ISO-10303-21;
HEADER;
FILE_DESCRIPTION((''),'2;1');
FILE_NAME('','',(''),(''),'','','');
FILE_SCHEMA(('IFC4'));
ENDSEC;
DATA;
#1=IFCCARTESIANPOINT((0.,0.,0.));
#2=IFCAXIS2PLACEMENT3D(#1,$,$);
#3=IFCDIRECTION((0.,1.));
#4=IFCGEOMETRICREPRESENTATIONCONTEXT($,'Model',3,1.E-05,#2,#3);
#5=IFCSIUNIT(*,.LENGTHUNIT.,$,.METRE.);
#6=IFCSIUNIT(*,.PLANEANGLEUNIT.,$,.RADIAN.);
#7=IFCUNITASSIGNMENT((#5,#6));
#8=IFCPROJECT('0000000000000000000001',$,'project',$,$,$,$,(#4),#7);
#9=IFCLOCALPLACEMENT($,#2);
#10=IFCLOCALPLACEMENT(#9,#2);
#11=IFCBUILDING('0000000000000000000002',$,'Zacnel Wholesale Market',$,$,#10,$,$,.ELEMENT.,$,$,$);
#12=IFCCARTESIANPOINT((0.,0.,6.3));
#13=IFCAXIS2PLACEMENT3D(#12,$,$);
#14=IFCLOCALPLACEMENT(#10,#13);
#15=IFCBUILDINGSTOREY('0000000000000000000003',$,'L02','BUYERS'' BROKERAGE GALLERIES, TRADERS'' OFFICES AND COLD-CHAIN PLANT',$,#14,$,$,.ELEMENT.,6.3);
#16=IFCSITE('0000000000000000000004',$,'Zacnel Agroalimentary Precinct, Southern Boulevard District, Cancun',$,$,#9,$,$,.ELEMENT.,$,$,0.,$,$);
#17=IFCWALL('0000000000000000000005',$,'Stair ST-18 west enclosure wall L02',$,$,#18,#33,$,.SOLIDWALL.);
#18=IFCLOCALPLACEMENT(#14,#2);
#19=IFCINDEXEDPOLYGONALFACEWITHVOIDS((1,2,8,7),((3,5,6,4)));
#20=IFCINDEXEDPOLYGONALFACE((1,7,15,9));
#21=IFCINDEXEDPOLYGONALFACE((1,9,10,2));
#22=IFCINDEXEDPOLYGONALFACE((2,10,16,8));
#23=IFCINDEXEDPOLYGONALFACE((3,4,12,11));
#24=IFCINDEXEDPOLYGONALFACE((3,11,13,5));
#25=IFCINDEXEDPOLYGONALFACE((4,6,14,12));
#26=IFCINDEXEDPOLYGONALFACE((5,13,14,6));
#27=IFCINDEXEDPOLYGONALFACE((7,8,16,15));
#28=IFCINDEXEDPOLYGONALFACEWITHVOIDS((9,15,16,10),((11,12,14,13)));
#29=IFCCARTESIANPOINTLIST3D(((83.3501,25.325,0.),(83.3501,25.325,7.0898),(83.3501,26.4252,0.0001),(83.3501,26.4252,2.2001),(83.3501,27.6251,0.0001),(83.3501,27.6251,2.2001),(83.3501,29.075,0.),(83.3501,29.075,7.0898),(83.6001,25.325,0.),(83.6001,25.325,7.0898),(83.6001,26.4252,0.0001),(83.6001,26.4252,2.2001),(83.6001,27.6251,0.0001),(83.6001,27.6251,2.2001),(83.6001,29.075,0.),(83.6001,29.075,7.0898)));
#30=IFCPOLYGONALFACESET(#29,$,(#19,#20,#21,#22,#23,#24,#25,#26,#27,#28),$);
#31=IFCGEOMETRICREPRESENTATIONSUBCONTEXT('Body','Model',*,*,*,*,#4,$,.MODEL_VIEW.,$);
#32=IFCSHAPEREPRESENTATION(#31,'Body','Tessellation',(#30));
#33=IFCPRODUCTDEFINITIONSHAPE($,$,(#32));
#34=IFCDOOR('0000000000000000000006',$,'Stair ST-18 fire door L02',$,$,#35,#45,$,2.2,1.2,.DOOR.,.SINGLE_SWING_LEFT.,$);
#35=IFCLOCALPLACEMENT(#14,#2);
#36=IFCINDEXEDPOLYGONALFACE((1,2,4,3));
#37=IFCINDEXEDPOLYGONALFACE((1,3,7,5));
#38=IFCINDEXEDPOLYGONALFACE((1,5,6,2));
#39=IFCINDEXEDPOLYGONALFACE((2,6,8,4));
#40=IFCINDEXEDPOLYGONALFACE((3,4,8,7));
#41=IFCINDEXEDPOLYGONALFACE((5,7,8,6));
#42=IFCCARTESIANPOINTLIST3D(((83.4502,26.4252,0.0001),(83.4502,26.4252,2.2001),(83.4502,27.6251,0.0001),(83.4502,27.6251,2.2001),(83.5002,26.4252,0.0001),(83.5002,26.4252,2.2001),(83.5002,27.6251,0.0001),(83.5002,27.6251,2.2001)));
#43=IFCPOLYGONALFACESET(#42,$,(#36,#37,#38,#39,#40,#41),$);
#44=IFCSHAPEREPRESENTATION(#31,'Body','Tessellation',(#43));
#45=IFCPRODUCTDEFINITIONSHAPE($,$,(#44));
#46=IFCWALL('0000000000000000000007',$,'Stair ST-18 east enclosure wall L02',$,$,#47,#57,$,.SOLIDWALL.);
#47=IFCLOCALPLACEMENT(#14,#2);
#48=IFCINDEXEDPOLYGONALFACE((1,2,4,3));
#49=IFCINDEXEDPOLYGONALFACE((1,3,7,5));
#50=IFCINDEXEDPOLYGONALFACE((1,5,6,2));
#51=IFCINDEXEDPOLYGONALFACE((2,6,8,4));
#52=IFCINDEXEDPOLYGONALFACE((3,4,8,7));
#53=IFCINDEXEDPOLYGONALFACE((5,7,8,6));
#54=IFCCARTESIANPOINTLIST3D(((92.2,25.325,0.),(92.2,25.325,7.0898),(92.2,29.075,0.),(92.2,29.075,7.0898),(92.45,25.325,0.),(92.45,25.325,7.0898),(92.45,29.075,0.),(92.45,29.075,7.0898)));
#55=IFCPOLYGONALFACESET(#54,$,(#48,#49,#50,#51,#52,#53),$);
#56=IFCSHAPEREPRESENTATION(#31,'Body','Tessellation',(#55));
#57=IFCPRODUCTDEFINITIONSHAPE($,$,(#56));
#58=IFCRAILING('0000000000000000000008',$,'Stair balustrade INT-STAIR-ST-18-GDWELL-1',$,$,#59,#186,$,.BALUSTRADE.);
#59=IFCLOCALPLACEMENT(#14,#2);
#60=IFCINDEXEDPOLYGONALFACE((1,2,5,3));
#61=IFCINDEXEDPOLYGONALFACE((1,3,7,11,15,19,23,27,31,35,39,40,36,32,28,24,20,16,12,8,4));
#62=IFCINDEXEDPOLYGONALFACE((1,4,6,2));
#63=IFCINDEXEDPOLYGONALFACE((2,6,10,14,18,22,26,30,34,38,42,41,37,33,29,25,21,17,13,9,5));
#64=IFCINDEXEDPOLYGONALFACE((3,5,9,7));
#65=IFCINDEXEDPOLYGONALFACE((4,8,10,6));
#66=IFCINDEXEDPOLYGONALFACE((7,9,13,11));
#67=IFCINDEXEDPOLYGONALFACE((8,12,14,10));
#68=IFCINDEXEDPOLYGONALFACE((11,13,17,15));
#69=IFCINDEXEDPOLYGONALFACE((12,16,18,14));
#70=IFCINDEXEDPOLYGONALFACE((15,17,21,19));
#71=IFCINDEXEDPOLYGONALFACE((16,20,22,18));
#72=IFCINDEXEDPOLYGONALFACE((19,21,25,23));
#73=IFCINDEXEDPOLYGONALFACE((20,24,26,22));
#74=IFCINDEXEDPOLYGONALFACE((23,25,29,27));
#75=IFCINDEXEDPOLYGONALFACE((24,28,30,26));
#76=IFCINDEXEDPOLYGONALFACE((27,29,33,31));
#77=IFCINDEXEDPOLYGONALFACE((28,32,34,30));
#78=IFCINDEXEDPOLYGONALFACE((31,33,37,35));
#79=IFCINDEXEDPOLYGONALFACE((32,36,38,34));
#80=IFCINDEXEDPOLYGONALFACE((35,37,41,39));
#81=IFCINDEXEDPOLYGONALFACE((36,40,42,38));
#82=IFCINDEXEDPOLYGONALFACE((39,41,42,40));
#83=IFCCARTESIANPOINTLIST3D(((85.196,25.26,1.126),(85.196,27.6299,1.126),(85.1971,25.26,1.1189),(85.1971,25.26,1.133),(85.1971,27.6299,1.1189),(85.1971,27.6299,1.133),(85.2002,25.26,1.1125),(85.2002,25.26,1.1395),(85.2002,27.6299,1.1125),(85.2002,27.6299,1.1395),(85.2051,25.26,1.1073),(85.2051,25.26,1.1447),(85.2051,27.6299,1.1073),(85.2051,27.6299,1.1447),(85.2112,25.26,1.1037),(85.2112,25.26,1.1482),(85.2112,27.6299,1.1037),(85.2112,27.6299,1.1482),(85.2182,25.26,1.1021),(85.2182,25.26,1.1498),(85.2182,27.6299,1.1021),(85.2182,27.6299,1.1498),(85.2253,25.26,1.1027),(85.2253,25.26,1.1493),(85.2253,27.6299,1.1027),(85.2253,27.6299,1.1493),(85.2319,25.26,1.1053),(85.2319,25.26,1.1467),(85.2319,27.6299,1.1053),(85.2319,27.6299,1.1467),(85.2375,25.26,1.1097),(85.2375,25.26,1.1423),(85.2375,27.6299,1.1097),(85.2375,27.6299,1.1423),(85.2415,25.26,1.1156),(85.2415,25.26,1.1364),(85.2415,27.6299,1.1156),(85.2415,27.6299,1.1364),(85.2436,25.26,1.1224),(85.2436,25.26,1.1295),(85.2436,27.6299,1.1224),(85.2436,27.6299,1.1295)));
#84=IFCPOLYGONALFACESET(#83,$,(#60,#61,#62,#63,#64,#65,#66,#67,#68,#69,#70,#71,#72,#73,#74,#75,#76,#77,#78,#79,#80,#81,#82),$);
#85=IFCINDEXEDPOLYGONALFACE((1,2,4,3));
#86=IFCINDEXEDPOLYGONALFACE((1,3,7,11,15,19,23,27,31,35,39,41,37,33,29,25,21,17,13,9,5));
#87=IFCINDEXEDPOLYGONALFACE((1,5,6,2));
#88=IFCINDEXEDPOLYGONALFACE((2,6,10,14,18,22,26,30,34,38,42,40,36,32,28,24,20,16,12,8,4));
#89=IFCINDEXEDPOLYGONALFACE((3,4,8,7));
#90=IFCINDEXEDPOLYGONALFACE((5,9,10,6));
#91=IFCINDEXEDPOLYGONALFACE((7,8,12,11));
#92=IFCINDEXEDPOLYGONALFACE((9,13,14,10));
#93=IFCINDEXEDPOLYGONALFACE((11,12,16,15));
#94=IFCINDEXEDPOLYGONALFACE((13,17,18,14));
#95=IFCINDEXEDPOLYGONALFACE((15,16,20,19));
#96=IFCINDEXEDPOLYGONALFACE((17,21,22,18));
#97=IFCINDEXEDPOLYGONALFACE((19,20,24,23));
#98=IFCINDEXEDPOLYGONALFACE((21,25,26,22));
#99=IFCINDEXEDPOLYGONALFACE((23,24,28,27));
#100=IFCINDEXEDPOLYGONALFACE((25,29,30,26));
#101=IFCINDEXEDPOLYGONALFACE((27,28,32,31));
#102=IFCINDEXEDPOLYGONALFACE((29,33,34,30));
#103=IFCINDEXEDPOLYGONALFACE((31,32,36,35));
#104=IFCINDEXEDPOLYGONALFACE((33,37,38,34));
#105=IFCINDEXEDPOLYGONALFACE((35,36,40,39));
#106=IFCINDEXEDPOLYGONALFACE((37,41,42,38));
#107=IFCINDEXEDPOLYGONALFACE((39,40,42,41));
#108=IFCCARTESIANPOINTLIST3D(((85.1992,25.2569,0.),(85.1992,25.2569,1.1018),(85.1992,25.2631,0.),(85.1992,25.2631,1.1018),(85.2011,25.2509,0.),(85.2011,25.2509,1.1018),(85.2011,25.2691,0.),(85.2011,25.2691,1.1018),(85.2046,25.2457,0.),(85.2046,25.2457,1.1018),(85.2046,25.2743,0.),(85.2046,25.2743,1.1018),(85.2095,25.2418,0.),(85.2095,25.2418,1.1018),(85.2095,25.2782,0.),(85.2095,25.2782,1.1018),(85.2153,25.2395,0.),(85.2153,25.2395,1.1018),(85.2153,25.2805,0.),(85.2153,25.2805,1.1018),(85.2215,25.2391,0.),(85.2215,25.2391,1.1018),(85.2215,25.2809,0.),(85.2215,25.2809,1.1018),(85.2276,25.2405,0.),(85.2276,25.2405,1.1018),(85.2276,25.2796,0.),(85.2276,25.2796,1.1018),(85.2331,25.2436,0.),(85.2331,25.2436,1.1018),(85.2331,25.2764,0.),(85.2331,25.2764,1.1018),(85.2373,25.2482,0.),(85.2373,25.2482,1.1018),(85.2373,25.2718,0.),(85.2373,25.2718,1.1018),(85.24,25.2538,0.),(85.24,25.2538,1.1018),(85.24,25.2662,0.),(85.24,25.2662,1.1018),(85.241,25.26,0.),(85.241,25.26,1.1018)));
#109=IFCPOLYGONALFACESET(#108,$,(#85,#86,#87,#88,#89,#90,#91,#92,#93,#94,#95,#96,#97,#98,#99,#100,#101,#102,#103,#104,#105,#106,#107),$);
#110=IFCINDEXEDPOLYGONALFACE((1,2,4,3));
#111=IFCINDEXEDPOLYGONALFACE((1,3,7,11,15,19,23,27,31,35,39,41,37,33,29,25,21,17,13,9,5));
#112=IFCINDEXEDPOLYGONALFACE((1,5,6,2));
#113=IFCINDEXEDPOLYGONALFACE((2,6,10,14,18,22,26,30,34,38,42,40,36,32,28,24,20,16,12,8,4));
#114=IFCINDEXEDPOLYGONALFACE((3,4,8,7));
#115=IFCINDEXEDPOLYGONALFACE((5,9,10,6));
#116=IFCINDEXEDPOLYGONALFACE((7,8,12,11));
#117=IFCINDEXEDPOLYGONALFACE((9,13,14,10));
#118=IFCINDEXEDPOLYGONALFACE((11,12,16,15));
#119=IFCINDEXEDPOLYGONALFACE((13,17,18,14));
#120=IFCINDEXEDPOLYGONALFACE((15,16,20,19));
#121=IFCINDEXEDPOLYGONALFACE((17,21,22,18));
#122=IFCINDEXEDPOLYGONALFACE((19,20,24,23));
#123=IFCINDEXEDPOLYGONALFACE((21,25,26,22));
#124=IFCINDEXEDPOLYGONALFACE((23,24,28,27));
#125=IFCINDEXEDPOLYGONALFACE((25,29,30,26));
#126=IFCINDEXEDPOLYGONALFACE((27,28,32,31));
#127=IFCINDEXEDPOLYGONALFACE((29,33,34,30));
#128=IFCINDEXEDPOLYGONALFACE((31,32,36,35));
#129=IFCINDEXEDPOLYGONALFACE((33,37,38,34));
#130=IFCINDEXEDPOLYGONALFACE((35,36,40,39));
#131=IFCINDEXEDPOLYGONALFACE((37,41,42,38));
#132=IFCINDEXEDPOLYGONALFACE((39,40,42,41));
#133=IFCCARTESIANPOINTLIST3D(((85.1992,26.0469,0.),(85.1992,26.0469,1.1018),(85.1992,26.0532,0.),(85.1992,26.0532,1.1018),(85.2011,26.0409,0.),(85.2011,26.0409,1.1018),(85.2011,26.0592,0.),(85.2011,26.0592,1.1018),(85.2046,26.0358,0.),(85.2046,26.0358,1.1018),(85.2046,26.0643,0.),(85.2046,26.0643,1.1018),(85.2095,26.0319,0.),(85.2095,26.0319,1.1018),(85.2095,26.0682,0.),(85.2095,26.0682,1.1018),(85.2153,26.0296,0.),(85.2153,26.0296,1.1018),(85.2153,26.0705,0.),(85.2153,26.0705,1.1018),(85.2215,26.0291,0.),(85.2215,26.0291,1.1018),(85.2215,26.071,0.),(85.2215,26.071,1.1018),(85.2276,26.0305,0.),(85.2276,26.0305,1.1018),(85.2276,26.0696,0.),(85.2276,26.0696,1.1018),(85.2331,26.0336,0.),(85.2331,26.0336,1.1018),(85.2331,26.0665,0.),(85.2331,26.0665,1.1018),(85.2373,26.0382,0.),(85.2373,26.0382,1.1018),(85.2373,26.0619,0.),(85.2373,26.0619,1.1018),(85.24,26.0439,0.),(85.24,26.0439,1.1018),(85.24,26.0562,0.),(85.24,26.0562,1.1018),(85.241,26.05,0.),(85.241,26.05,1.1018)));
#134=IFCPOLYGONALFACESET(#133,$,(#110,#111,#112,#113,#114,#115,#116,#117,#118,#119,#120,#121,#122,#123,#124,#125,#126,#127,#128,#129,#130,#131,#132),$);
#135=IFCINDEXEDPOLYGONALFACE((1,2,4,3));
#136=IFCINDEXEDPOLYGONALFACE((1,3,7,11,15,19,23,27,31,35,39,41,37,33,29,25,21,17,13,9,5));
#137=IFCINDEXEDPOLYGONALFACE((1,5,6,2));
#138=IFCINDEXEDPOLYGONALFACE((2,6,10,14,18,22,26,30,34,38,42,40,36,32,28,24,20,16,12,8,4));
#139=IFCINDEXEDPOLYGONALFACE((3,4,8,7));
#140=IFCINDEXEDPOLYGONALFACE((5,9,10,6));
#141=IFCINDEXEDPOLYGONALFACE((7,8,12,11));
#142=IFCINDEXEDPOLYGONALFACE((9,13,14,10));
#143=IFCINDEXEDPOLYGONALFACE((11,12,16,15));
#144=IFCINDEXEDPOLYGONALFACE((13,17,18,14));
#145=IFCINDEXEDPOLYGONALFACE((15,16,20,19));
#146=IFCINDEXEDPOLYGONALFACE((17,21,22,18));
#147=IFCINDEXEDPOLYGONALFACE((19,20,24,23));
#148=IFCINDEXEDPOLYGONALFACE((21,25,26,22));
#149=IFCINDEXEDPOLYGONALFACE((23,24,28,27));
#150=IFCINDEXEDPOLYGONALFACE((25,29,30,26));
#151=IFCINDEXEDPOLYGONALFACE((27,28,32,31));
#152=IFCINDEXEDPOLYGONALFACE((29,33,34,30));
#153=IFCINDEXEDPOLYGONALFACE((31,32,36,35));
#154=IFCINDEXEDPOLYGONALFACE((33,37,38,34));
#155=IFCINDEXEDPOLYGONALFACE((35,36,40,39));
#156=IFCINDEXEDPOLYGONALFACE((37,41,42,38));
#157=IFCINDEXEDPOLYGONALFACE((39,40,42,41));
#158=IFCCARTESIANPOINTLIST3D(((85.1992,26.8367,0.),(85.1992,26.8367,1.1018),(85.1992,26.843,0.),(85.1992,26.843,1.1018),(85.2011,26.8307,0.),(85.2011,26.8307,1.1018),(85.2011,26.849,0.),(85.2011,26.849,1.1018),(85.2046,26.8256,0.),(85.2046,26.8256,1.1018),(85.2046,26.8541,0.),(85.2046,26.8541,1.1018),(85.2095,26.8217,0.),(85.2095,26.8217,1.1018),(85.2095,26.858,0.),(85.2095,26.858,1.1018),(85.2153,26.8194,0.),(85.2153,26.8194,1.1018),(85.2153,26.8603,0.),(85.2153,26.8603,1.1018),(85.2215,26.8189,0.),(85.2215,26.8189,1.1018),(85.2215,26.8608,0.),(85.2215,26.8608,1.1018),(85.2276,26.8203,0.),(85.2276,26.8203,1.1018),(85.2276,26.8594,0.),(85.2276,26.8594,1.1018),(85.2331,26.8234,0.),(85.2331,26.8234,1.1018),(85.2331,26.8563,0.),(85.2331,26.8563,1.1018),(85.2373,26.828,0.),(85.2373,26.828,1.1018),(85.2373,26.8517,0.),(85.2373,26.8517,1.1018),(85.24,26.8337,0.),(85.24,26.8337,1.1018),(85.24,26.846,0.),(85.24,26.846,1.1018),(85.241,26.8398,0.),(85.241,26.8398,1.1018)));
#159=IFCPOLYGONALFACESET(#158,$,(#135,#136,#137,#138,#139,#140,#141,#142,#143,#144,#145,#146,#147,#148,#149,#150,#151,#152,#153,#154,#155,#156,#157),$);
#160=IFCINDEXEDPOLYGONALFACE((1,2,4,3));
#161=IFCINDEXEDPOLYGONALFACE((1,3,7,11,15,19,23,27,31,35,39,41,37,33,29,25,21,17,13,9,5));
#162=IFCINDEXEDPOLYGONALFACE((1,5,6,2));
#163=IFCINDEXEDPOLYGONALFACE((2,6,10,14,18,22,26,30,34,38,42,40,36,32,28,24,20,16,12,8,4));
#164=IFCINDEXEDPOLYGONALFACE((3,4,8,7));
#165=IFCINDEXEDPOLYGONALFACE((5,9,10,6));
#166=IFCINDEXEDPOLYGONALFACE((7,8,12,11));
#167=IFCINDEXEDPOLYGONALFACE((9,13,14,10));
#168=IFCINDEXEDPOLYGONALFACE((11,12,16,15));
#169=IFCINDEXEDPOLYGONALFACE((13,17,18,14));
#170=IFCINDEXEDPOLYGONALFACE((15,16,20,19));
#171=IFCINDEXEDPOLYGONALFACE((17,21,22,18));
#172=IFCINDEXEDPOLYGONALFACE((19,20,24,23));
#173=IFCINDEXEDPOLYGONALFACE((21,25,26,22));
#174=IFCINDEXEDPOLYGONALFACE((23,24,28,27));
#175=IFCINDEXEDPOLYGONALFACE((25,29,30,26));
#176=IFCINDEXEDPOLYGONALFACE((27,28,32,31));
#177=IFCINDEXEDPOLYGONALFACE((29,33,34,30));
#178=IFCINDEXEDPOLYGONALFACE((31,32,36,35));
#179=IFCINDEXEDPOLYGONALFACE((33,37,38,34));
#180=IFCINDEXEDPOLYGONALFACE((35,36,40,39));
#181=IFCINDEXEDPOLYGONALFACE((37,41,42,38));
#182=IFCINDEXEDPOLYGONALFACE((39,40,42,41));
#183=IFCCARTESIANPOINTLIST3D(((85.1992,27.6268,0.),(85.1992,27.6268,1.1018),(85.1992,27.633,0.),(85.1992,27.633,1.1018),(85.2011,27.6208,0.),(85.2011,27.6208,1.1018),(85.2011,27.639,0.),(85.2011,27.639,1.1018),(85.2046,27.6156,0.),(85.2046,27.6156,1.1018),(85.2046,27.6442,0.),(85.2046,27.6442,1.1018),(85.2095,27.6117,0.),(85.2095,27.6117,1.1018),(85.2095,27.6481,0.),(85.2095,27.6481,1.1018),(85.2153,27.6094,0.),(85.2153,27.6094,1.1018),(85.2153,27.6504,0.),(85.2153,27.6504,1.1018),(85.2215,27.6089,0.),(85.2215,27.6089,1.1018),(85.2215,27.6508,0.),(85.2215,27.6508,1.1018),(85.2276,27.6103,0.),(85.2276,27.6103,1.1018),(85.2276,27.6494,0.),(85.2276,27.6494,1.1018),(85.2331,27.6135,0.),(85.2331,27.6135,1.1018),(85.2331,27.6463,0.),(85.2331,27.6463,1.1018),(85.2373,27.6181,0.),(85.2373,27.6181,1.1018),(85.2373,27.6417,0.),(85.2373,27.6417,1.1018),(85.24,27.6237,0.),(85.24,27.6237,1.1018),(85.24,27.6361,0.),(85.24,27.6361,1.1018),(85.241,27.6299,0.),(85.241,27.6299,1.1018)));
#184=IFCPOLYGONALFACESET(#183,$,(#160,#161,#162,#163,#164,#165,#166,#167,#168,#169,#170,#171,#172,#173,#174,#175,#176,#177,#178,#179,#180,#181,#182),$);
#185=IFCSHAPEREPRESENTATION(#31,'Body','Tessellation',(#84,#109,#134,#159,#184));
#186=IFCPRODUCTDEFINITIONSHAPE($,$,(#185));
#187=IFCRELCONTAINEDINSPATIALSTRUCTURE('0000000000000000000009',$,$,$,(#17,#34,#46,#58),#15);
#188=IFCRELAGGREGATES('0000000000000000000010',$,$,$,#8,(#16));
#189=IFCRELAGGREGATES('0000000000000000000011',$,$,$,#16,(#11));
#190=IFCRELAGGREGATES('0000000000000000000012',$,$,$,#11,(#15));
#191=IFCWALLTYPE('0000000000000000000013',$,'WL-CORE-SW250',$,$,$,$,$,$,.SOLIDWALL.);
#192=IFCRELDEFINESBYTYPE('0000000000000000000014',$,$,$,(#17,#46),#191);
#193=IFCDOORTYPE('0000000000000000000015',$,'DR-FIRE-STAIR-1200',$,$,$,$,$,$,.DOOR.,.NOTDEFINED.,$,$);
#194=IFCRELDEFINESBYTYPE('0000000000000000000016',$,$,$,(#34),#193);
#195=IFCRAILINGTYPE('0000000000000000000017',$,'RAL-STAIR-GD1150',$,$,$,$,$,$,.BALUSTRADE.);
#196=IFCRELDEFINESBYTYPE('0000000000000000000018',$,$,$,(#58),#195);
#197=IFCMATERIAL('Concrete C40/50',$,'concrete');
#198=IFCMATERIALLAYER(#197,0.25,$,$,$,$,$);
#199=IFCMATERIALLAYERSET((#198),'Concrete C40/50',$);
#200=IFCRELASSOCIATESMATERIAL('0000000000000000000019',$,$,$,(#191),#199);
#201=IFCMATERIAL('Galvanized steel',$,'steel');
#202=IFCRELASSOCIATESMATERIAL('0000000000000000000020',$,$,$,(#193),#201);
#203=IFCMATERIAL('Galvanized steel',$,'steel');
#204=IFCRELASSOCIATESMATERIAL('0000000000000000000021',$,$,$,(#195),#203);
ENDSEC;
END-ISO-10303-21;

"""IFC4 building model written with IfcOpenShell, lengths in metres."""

from ifc_helpers import new_model, si_unit, direction, frame, frame_2d, origin, origin_2d, place, context, subcontext, project, spatial, rectangle, circle, extrude, material, layer, layer_set, type_object, element, fill, save


model = new_model("IFC4")

# Units and contexts
model_context = context("Model", 3, precision=1e-05, world=origin(), true_north=direction((0.0, 1.0)))
body_context = subcontext(model_context, "Body", "Model", "MODEL_VIEW")
ifc_project = project(units=[si_unit("LENGTHUNIT", "METRE"), si_unit("PLANEANGLEUNIT", "RADIAN")], contexts=[model_context])

# Site, building, storey
site_placement = place(None, origin())
site = spatial("IfcSite", under=ifc_project, at=site_placement, Name="Zacnel Agroalimentary Precinct, Southern Boulevard District, Cancun", CompositionType="ELEMENT", RefElevation=0.0)
building_placement = place(site_placement, origin())
building = spatial("IfcBuilding", under=site, at=building_placement, Name="Zacnel Wholesale Market", CompositionType="ELEMENT")
storey_placement = place(building_placement, frame((0.0, 0.0, 6.3)))
storey = spatial("IfcBuildingStorey", under=building, at=storey_placement, Name="L02", Description="BUYERS' BROKERAGE GALLERIES, TRADERS' OFFICES AND COLD-CHAIN PLANT", CompositionType="ELEMENT", Elevation=6.3)

# Shared definitions
ifc_material_1 = material(Name="Concrete C40/50", Category="concrete")
ifc_layer_1 = layer(ifc_material_1, 0.25)
ifc_layer_set_1 = layer_set([ifc_layer_1], Name="Concrete C40/50")
wall_type = type_object("IfcWallType", Name="WL-CORE-SW250", PredefinedType="SOLIDWALL", material=ifc_layer_set_1)

# Wall, opening, door
wall_1_placement = place(storey_placement, frame((83.4751, 25.325, 0.0), z_axis=(0.0, 0.0, 1.0), x_axis=(0.0, 1.0, 0.0)))
wall_1 = element("IfcWall", 1, at=wall_1_placement, inside=storey, type_object=wall_type, Name="Stair ST-18 west enclosure wall L02", PredefinedType="SOLIDWALL", context=body_context, shape_type="SweptSolid", body=[
    extrude(rectangle(XDim=3.75, YDim=0.25, at=frame_2d((1.875, 0.0))), origin(), (0.0, 0.0, 1.0), 7.0898),
])
opening_placement = place(wall_1_placement, frame((1.1001, 0.0, 0.0)))
opening = element("IfcOpeningElement", 2, at=opening_placement, cuts=wall_1, PredefinedType="OPENING", context=body_context, shape_type="SweptSolid", body=[
    extrude(rectangle(XDim=1.2, YDim=2.2, at=frame_2d((0.6001, 1.1001))), frame((0.0, 0.135, 0.0), z_axis=(0.0, -1.0, 0.0), x_axis=(1.0, 0.0, 0.0)), (0.0, 0.0, 1.0), 0.27),
])
ifc_material_2 = material(Name="Galvanized steel", Category="steel")
door_type = type_object("IfcDoorType", Name="DR-FIRE-STAIR-1200", OperationType="NOTDEFINED", PredefinedType="DOOR", material=ifc_material_2)
door_placement = place(opening_placement, origin())
door = element("IfcDoor", 3, at=door_placement, inside=storey, type_object=door_type, Name="Stair ST-18 fire door L02", OperationType="SINGLE_SWING_LEFT", OverallHeight=2.2, OverallWidth=1.2, PredefinedType="DOOR", context=body_context, shape_type="SweptSolid", body=[
    extrude(rectangle(XDim=1.2, YDim=2.2, at=frame_2d((0.6001, 1.1001))), frame((0.0, 0.0249, 0.0), z_axis=(0.0, -1.0, 0.0), x_axis=(1.0, 0.0, 0.0)), (0.0, 0.0, 1.0), 0.05),
])
fill(opening, door)

# Wall
wall_2_placement = place(storey_placement, frame((92.325, 25.325, 0.0), z_axis=(0.0, 0.0, 1.0), x_axis=(0.0, 1.0, 0.0)))
element("IfcWall", 4, at=wall_2_placement, inside=storey, type_object=wall_type, Name="Stair ST-18 east enclosure wall L02", PredefinedType="SOLIDWALL", context=body_context, shape_type="SweptSolid", body=[
    extrude(rectangle(XDim=3.75, YDim=0.25, at=frame_2d((1.875, 0.0))), origin(), (0.0, 0.0, 1.0), 7.0898),
])

# Railing
ifc_material_3 = material(Name="Galvanized steel", Category="steel")
railing_type = type_object("IfcRailingType", Name="RAL-STAIR-GD1150", PredefinedType="BALUSTRADE", material=ifc_material_3)
railing_placement = place(storey_placement, frame((85.22, 25.26, 0.0)))
element("IfcRailing", 5, at=railing_placement, inside=storey, type_object=railing_type, Name="Stair balustrade INT-STAIR-ST-18-GDWELL-1", PredefinedType="BALUSTRADE", context=body_context, shape_type="SweptSolid", body=[
    extrude(circle(Radius=0.0239, at=origin_2d()), frame((0.0, 0.0, 1.126), z_axis=(0.0, 1.0, 0.0), x_axis=(-1.0, 0.0, 0.0)), (0.0, 0.0, 1.0), 2.3699),
    extrude(circle(Radius=0.021, at=origin_2d()), origin(), (0.0, 0.0, 1.0), 1.1018),
    extrude(circle(Radius=0.021, at=origin_2d()), frame((0.0, 0.79, 0.0)), (0.0, 0.0, 1.0), 1.1018),
    extrude(circle(Radius=0.021, at=origin_2d()), frame((0.0, 1.5798, 0.0)), (0.0, 0.0, 1.0), 1.1018),
    extrude(circle(Radius=0.021, at=origin_2d()), frame((0.0, 2.3699, 0.0)), (0.0, 0.0, 1.0), 1.1018),
])

save(model, "model.ifc")
